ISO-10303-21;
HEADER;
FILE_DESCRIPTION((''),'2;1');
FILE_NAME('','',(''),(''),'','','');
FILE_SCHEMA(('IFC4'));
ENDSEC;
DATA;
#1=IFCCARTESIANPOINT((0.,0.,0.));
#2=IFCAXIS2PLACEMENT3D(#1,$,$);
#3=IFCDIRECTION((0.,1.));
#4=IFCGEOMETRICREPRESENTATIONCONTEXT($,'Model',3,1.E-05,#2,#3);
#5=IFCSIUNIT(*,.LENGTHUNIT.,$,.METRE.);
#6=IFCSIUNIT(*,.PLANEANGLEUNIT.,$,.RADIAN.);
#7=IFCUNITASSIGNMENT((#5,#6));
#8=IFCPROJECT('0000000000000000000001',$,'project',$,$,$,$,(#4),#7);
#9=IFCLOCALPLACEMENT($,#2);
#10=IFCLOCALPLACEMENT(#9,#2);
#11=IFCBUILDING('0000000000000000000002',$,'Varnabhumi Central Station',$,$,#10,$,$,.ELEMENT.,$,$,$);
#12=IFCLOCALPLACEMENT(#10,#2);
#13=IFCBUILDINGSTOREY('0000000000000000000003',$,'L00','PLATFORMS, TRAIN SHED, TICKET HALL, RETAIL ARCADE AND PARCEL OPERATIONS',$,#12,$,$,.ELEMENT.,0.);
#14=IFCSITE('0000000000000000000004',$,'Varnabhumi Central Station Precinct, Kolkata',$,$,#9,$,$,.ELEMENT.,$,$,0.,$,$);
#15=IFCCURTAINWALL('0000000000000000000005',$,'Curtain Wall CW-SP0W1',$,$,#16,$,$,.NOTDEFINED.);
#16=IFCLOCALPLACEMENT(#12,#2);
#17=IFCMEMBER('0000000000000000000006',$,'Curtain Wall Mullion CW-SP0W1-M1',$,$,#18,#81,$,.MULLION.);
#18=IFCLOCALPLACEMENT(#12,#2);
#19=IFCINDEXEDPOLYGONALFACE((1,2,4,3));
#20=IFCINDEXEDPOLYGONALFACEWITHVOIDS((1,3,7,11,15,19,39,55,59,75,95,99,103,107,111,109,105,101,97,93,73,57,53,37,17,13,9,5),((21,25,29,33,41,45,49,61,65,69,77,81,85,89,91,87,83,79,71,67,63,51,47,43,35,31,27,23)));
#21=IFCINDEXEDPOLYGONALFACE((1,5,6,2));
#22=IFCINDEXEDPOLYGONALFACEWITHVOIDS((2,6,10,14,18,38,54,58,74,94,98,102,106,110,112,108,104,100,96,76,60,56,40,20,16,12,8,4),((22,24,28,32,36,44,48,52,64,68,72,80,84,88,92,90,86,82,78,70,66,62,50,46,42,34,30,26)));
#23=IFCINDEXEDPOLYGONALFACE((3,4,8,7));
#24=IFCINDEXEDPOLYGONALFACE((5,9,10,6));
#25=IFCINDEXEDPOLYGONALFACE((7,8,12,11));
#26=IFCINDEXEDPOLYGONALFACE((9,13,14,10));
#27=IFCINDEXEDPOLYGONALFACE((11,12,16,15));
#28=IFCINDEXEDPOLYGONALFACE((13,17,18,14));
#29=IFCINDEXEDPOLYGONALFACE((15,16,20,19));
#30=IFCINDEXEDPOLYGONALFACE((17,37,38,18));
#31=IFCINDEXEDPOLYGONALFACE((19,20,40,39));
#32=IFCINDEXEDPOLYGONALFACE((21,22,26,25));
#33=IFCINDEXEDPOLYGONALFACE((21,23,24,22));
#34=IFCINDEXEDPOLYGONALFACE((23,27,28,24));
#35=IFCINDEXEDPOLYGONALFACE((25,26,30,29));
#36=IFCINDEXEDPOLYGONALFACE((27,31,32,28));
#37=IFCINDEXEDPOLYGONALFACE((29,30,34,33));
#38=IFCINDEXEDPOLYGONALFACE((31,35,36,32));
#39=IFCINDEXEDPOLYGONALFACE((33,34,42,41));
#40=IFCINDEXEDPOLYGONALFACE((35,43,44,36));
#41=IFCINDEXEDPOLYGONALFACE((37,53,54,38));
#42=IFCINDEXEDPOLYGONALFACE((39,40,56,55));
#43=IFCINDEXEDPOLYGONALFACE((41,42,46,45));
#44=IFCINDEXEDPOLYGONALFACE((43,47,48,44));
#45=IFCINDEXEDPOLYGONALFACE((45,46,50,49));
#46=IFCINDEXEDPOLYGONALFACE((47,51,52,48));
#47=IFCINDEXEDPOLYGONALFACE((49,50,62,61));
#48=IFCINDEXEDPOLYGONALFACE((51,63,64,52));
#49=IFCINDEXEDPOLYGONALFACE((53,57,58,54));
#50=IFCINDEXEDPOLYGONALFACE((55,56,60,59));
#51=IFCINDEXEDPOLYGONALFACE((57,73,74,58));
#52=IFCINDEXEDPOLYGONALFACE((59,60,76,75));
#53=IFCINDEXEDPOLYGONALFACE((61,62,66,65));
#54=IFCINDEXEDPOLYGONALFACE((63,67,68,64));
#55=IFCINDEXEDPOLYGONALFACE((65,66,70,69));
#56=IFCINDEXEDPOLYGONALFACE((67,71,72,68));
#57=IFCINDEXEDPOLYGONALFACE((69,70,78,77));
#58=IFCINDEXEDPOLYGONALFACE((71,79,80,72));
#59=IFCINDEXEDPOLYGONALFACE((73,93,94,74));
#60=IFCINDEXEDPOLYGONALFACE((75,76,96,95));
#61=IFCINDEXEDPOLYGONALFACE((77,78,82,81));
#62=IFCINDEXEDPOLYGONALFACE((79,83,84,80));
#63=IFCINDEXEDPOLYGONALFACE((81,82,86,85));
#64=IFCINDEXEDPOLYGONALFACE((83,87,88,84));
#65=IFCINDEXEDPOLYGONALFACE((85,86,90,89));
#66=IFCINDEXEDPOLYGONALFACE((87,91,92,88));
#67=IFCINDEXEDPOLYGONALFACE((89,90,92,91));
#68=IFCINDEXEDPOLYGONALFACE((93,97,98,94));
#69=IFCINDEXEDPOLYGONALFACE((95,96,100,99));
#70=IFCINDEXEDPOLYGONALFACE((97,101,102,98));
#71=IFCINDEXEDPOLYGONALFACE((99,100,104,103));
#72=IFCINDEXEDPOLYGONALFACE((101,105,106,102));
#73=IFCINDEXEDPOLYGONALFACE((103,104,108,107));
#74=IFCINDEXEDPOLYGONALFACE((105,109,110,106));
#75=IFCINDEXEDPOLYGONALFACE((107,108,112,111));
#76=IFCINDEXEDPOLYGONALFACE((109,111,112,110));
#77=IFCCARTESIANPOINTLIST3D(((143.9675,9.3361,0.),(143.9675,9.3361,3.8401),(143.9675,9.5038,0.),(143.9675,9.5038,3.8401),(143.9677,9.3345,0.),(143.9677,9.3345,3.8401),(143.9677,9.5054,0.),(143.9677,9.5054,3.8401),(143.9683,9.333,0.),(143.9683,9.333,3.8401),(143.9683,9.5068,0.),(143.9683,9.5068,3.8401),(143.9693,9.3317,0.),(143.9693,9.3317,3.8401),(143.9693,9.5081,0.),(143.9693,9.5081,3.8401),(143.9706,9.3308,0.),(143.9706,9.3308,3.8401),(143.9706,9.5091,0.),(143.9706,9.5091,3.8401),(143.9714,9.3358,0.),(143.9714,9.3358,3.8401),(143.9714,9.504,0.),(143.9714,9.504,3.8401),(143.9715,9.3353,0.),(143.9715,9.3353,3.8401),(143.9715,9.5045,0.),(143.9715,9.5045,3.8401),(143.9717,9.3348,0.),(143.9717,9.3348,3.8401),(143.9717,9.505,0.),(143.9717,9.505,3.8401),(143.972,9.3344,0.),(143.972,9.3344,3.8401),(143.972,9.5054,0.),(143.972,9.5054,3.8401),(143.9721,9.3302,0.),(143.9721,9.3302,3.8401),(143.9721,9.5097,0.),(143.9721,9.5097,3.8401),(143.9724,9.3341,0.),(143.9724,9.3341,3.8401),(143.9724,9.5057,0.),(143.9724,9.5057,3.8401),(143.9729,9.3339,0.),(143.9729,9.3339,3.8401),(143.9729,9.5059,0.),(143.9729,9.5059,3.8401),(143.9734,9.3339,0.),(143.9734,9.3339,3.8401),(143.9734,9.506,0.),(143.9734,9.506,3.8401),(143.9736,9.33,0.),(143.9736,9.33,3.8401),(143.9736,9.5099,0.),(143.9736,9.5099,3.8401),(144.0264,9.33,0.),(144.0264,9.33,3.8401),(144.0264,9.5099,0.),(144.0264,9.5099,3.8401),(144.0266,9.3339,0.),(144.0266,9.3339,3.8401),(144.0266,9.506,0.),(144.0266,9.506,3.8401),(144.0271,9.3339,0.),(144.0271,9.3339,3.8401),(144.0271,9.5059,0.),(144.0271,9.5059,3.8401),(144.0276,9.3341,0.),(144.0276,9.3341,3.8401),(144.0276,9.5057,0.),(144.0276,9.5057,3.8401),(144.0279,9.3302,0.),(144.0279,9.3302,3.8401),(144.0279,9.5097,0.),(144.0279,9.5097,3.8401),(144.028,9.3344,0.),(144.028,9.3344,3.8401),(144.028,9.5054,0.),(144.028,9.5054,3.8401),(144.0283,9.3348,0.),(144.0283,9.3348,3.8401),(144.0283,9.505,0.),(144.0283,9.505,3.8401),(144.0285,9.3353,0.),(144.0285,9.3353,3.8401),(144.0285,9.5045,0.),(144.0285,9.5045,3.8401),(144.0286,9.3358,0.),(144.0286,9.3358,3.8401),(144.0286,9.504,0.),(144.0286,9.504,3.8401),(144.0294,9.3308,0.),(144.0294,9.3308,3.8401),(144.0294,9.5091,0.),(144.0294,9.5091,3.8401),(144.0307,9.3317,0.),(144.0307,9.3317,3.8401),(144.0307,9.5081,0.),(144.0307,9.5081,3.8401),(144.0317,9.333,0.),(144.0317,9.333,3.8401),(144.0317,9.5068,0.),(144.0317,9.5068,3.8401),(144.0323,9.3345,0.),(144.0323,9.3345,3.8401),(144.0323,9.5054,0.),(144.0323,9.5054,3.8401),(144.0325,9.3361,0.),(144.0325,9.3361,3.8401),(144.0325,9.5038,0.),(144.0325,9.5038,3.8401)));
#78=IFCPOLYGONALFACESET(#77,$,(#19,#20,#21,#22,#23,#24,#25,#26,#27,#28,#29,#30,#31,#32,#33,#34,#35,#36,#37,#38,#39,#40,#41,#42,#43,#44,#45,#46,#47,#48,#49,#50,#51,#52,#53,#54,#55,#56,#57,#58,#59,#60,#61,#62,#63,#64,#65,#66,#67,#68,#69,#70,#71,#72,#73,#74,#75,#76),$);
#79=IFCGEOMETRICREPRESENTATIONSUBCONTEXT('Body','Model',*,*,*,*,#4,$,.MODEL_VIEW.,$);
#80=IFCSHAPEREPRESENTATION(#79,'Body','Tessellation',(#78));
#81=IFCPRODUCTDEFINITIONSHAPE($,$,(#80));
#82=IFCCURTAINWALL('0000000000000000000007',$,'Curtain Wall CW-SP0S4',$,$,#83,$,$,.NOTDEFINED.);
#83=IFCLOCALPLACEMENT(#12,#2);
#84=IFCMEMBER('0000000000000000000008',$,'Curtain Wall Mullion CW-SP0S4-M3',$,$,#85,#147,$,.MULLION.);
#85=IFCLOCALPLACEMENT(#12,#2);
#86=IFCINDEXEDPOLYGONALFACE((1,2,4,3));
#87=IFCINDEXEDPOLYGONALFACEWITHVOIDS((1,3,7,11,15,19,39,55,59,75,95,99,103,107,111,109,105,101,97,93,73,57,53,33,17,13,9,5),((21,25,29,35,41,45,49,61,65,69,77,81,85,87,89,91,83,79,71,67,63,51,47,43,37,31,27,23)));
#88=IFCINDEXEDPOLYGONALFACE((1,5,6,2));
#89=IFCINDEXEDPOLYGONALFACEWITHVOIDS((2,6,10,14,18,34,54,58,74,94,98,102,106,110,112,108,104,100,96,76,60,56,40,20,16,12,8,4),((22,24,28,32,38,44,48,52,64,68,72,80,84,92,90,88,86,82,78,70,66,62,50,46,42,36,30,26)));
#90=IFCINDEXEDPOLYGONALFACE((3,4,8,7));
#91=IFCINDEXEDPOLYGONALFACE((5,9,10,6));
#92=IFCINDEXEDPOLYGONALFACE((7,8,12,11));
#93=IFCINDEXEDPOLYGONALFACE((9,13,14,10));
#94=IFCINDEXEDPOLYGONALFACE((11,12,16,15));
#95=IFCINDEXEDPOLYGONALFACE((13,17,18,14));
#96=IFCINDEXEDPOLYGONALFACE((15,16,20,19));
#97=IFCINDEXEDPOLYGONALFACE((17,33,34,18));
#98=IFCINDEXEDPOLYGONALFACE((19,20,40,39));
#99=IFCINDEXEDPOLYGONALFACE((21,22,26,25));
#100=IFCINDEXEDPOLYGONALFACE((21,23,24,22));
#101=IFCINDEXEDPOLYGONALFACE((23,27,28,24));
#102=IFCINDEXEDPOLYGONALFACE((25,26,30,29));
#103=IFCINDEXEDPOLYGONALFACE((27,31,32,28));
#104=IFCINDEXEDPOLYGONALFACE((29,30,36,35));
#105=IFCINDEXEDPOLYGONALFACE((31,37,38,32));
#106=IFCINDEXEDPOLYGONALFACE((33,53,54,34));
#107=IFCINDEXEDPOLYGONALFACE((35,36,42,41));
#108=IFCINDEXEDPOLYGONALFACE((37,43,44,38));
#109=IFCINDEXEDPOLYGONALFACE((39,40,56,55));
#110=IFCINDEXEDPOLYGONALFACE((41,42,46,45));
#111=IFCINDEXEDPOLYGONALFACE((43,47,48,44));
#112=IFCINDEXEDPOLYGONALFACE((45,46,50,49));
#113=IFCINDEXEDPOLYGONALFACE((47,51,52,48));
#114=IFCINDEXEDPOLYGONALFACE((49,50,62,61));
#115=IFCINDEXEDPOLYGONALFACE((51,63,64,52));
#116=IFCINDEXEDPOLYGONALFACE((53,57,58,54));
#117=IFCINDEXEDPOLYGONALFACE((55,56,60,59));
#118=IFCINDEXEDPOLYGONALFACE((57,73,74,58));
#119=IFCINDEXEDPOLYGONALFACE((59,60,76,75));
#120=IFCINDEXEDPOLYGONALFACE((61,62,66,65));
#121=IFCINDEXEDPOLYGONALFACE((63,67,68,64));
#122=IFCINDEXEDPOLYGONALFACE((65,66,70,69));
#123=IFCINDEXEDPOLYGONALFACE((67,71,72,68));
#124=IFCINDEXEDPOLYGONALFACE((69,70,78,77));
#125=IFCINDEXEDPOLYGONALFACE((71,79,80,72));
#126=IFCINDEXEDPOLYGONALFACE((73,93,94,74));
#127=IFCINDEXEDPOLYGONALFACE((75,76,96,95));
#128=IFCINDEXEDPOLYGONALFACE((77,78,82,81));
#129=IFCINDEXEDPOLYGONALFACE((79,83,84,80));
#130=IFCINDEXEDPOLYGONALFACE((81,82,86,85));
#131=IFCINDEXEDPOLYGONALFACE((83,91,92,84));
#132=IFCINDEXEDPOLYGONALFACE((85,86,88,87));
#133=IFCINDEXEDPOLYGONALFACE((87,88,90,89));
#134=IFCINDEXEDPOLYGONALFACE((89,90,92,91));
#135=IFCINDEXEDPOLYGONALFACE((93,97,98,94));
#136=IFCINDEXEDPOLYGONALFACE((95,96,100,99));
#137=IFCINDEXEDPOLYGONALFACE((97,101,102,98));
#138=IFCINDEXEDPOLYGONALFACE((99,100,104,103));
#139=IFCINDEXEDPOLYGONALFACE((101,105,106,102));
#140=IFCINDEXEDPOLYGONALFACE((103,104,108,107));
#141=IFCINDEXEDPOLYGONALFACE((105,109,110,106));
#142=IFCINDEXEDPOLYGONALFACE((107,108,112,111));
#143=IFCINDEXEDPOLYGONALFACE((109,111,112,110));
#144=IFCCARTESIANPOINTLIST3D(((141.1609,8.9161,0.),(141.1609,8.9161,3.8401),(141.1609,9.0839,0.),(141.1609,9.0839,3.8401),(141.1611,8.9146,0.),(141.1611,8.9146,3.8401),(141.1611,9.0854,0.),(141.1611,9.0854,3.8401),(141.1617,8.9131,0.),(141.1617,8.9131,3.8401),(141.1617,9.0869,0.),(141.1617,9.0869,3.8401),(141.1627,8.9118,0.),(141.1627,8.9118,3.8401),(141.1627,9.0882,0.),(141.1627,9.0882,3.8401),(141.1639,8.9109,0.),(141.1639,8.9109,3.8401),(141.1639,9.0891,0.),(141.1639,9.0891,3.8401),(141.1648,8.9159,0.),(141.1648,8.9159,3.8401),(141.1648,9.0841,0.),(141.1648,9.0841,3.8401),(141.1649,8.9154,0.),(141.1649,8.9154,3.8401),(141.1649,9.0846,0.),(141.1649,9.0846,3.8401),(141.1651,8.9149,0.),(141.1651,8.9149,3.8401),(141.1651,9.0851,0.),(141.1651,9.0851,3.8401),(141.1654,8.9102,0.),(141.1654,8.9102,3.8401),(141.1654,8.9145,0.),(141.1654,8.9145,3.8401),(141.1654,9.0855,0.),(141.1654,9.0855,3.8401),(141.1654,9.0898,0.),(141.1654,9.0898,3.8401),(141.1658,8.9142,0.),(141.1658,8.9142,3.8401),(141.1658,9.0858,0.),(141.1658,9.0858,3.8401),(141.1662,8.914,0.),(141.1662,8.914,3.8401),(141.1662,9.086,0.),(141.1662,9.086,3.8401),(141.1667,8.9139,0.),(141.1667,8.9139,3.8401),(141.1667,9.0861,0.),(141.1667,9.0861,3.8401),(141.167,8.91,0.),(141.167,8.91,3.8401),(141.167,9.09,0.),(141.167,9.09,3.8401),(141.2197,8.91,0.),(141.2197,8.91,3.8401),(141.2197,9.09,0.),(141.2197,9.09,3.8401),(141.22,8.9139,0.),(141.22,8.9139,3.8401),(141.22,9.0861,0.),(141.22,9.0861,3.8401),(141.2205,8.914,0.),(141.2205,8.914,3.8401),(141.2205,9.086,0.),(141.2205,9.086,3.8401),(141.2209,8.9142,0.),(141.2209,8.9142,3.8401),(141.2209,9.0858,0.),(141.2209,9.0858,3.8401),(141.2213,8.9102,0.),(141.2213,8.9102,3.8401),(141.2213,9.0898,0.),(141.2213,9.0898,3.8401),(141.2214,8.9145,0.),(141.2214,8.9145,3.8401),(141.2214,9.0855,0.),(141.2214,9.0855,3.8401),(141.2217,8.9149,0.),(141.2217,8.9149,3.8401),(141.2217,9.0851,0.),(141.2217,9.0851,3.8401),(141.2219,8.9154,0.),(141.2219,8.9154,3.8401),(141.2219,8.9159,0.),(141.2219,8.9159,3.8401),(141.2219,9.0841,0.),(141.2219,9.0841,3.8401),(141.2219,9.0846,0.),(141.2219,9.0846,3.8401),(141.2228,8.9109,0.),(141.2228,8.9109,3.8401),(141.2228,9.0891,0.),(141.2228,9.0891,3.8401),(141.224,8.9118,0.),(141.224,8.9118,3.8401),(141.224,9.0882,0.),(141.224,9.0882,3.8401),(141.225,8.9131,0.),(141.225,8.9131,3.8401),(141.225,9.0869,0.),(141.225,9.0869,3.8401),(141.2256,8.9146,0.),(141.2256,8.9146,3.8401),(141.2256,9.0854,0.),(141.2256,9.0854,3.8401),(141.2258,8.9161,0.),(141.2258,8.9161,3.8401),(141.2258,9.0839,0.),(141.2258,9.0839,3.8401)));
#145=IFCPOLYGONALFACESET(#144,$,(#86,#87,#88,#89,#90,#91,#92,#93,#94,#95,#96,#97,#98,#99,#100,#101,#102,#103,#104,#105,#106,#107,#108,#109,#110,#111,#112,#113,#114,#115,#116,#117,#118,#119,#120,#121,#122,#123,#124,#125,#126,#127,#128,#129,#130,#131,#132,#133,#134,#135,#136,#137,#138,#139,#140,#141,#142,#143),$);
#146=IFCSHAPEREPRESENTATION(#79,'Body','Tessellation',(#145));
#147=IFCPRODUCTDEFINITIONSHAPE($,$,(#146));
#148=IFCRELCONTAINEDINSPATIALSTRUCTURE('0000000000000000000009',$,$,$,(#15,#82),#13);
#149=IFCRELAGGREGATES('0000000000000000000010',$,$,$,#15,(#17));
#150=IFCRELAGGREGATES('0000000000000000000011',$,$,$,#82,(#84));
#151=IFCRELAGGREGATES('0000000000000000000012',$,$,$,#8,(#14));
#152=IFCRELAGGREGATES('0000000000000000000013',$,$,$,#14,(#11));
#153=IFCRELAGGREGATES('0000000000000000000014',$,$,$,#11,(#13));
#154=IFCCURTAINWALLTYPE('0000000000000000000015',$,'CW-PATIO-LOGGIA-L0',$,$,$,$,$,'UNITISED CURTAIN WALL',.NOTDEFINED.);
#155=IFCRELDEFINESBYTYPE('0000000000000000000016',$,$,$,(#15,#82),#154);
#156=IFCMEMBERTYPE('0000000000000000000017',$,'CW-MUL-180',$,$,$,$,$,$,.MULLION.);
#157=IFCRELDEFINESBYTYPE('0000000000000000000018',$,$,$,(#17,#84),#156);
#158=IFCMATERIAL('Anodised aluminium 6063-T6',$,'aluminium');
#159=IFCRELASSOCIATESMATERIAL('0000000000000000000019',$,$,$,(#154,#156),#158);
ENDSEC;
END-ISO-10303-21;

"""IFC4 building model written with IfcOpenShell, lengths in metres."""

from ifc_helpers import new_model, si_unit, direction, frame, origin, origin_2d, place, context, subcontext, project, spatial, hollow_rectangle, extrude, material, material_profile, profile_set, type_object, element, aggregate, save


model = new_model("IFC4")

# Units and contexts
model_context = context("Model", 3, precision=1e-05, world=origin(), true_north=direction((0.0, 1.0)))
body_context = subcontext(model_context, "Body", "Model", "MODEL_VIEW")
ifc_project = project(units=[si_unit("LENGTHUNIT", "METRE"), si_unit("PLANEANGLEUNIT", "RADIAN")], contexts=[model_context])

# Site, building, storey
site_placement = place(None, origin())
site = spatial("IfcSite", under=ifc_project, at=site_placement, Name="Varnabhumi Central Station Precinct, Kolkata", CompositionType="ELEMENT", RefElevation=0.0)
building_placement = place(site_placement, origin())
building = spatial("IfcBuilding", under=site, at=building_placement, Name="Varnabhumi Central Station", CompositionType="ELEMENT")
storey_placement = place(building_placement, origin())
storey = spatial("IfcBuildingStorey", under=building, at=storey_placement, Name="L00", Description="PLATFORMS, TRAIN SHED, TICKET HALL, RETAIL ARCADE AND PARCEL OPERATIONS", CompositionType="ELEMENT", Elevation=0.0)

# Curtain wall, member
ifc_material_1 = material(Name="Anodised aluminium 6063-T6", Category="aluminium")
curtain_wall_type = type_object("IfcCurtainWallType", Name="CW-PATIO-LOGGIA-L0", ElementType="UNITISED CURTAIN WALL", PredefinedType="NOTDEFINED", material=ifc_material_1)
curtain_wall_1_placement = place(storey_placement, origin())
curtain_wall_1 = element("IfcCurtainWall", 1, at=curtain_wall_1_placement, inside=storey, type_object=curtain_wall_type, Name="Curtain Wall CW-SP0W1", PredefinedType="NOTDEFINED")
ifc_material_profile_1 = material_profile(ifc_material_1, hollow_rectangle(XDim=0.0649, YDim=0.1799, WallThickness=0.0039, InnerFilletRadius=0.002, OuterFilletRadius=0.0061, at=origin_2d()), Name="Anodised aluminium 6063-T6", Category="aluminium")
ifc_profile_set_1 = profile_set([ifc_material_profile_1], Name="Anodised aluminium 6063-T6")
member_type_1 = type_object("IfcMemberType", Name="CW-MUL-180", PredefinedType="MULLION", material=ifc_profile_set_1)
member_1_placement = place(storey_placement, frame((144.0, 9.4199, 0.0), z_axis=(0.0, 0.0, 1.0), x_axis=(1.0, 0.0, 0.0)))
member_1 = element("IfcMember", 2, at=member_1_placement, type_object=member_type_1, Name="Curtain Wall Mullion CW-SP0W1-M1", PredefinedType="MULLION", context=body_context, shape_type="SweptSolid", body=[
    extrude(hollow_rectangle(XDim=0.0649, YDim=0.1799, WallThickness=0.0039, InnerFilletRadius=0.002, OuterFilletRadius=0.0061, at=origin_2d()), origin(), (0.0, 0.0, 1.0), 3.8401),
])

# Curtain wall, member
curtain_wall_2_placement = place(storey_placement, origin())
curtain_wall_2 = element("IfcCurtainWall", 3, at=curtain_wall_2_placement, inside=storey, type_object=curtain_wall_type, Name="Curtain Wall CW-SP0S4", PredefinedType="NOTDEFINED")
member_2_placement = place(storey_placement, frame((141.1934, 9.0, 0.0), z_axis=(0.0, 0.0, 1.0), x_axis=(1.0, 0.0, 0.0)))
member_2 = element("IfcMember", 4, at=member_2_placement, type_object=member_type_1, Name="Curtain Wall Mullion CW-SP0S4-M3", PredefinedType="MULLION", context=body_context, shape_type="SweptSolid", body=[
    extrude(hollow_rectangle(XDim=0.0649, YDim=0.1799, WallThickness=0.0039, InnerFilletRadius=0.002, OuterFilletRadius=0.0061, at=origin_2d()), origin(), (0.0, 0.0, 1.0), 3.8401),
])

aggregate(curtain_wall_1, [member_1])

aggregate(curtain_wall_2, [member_2])

save(model, "model.ifc")
